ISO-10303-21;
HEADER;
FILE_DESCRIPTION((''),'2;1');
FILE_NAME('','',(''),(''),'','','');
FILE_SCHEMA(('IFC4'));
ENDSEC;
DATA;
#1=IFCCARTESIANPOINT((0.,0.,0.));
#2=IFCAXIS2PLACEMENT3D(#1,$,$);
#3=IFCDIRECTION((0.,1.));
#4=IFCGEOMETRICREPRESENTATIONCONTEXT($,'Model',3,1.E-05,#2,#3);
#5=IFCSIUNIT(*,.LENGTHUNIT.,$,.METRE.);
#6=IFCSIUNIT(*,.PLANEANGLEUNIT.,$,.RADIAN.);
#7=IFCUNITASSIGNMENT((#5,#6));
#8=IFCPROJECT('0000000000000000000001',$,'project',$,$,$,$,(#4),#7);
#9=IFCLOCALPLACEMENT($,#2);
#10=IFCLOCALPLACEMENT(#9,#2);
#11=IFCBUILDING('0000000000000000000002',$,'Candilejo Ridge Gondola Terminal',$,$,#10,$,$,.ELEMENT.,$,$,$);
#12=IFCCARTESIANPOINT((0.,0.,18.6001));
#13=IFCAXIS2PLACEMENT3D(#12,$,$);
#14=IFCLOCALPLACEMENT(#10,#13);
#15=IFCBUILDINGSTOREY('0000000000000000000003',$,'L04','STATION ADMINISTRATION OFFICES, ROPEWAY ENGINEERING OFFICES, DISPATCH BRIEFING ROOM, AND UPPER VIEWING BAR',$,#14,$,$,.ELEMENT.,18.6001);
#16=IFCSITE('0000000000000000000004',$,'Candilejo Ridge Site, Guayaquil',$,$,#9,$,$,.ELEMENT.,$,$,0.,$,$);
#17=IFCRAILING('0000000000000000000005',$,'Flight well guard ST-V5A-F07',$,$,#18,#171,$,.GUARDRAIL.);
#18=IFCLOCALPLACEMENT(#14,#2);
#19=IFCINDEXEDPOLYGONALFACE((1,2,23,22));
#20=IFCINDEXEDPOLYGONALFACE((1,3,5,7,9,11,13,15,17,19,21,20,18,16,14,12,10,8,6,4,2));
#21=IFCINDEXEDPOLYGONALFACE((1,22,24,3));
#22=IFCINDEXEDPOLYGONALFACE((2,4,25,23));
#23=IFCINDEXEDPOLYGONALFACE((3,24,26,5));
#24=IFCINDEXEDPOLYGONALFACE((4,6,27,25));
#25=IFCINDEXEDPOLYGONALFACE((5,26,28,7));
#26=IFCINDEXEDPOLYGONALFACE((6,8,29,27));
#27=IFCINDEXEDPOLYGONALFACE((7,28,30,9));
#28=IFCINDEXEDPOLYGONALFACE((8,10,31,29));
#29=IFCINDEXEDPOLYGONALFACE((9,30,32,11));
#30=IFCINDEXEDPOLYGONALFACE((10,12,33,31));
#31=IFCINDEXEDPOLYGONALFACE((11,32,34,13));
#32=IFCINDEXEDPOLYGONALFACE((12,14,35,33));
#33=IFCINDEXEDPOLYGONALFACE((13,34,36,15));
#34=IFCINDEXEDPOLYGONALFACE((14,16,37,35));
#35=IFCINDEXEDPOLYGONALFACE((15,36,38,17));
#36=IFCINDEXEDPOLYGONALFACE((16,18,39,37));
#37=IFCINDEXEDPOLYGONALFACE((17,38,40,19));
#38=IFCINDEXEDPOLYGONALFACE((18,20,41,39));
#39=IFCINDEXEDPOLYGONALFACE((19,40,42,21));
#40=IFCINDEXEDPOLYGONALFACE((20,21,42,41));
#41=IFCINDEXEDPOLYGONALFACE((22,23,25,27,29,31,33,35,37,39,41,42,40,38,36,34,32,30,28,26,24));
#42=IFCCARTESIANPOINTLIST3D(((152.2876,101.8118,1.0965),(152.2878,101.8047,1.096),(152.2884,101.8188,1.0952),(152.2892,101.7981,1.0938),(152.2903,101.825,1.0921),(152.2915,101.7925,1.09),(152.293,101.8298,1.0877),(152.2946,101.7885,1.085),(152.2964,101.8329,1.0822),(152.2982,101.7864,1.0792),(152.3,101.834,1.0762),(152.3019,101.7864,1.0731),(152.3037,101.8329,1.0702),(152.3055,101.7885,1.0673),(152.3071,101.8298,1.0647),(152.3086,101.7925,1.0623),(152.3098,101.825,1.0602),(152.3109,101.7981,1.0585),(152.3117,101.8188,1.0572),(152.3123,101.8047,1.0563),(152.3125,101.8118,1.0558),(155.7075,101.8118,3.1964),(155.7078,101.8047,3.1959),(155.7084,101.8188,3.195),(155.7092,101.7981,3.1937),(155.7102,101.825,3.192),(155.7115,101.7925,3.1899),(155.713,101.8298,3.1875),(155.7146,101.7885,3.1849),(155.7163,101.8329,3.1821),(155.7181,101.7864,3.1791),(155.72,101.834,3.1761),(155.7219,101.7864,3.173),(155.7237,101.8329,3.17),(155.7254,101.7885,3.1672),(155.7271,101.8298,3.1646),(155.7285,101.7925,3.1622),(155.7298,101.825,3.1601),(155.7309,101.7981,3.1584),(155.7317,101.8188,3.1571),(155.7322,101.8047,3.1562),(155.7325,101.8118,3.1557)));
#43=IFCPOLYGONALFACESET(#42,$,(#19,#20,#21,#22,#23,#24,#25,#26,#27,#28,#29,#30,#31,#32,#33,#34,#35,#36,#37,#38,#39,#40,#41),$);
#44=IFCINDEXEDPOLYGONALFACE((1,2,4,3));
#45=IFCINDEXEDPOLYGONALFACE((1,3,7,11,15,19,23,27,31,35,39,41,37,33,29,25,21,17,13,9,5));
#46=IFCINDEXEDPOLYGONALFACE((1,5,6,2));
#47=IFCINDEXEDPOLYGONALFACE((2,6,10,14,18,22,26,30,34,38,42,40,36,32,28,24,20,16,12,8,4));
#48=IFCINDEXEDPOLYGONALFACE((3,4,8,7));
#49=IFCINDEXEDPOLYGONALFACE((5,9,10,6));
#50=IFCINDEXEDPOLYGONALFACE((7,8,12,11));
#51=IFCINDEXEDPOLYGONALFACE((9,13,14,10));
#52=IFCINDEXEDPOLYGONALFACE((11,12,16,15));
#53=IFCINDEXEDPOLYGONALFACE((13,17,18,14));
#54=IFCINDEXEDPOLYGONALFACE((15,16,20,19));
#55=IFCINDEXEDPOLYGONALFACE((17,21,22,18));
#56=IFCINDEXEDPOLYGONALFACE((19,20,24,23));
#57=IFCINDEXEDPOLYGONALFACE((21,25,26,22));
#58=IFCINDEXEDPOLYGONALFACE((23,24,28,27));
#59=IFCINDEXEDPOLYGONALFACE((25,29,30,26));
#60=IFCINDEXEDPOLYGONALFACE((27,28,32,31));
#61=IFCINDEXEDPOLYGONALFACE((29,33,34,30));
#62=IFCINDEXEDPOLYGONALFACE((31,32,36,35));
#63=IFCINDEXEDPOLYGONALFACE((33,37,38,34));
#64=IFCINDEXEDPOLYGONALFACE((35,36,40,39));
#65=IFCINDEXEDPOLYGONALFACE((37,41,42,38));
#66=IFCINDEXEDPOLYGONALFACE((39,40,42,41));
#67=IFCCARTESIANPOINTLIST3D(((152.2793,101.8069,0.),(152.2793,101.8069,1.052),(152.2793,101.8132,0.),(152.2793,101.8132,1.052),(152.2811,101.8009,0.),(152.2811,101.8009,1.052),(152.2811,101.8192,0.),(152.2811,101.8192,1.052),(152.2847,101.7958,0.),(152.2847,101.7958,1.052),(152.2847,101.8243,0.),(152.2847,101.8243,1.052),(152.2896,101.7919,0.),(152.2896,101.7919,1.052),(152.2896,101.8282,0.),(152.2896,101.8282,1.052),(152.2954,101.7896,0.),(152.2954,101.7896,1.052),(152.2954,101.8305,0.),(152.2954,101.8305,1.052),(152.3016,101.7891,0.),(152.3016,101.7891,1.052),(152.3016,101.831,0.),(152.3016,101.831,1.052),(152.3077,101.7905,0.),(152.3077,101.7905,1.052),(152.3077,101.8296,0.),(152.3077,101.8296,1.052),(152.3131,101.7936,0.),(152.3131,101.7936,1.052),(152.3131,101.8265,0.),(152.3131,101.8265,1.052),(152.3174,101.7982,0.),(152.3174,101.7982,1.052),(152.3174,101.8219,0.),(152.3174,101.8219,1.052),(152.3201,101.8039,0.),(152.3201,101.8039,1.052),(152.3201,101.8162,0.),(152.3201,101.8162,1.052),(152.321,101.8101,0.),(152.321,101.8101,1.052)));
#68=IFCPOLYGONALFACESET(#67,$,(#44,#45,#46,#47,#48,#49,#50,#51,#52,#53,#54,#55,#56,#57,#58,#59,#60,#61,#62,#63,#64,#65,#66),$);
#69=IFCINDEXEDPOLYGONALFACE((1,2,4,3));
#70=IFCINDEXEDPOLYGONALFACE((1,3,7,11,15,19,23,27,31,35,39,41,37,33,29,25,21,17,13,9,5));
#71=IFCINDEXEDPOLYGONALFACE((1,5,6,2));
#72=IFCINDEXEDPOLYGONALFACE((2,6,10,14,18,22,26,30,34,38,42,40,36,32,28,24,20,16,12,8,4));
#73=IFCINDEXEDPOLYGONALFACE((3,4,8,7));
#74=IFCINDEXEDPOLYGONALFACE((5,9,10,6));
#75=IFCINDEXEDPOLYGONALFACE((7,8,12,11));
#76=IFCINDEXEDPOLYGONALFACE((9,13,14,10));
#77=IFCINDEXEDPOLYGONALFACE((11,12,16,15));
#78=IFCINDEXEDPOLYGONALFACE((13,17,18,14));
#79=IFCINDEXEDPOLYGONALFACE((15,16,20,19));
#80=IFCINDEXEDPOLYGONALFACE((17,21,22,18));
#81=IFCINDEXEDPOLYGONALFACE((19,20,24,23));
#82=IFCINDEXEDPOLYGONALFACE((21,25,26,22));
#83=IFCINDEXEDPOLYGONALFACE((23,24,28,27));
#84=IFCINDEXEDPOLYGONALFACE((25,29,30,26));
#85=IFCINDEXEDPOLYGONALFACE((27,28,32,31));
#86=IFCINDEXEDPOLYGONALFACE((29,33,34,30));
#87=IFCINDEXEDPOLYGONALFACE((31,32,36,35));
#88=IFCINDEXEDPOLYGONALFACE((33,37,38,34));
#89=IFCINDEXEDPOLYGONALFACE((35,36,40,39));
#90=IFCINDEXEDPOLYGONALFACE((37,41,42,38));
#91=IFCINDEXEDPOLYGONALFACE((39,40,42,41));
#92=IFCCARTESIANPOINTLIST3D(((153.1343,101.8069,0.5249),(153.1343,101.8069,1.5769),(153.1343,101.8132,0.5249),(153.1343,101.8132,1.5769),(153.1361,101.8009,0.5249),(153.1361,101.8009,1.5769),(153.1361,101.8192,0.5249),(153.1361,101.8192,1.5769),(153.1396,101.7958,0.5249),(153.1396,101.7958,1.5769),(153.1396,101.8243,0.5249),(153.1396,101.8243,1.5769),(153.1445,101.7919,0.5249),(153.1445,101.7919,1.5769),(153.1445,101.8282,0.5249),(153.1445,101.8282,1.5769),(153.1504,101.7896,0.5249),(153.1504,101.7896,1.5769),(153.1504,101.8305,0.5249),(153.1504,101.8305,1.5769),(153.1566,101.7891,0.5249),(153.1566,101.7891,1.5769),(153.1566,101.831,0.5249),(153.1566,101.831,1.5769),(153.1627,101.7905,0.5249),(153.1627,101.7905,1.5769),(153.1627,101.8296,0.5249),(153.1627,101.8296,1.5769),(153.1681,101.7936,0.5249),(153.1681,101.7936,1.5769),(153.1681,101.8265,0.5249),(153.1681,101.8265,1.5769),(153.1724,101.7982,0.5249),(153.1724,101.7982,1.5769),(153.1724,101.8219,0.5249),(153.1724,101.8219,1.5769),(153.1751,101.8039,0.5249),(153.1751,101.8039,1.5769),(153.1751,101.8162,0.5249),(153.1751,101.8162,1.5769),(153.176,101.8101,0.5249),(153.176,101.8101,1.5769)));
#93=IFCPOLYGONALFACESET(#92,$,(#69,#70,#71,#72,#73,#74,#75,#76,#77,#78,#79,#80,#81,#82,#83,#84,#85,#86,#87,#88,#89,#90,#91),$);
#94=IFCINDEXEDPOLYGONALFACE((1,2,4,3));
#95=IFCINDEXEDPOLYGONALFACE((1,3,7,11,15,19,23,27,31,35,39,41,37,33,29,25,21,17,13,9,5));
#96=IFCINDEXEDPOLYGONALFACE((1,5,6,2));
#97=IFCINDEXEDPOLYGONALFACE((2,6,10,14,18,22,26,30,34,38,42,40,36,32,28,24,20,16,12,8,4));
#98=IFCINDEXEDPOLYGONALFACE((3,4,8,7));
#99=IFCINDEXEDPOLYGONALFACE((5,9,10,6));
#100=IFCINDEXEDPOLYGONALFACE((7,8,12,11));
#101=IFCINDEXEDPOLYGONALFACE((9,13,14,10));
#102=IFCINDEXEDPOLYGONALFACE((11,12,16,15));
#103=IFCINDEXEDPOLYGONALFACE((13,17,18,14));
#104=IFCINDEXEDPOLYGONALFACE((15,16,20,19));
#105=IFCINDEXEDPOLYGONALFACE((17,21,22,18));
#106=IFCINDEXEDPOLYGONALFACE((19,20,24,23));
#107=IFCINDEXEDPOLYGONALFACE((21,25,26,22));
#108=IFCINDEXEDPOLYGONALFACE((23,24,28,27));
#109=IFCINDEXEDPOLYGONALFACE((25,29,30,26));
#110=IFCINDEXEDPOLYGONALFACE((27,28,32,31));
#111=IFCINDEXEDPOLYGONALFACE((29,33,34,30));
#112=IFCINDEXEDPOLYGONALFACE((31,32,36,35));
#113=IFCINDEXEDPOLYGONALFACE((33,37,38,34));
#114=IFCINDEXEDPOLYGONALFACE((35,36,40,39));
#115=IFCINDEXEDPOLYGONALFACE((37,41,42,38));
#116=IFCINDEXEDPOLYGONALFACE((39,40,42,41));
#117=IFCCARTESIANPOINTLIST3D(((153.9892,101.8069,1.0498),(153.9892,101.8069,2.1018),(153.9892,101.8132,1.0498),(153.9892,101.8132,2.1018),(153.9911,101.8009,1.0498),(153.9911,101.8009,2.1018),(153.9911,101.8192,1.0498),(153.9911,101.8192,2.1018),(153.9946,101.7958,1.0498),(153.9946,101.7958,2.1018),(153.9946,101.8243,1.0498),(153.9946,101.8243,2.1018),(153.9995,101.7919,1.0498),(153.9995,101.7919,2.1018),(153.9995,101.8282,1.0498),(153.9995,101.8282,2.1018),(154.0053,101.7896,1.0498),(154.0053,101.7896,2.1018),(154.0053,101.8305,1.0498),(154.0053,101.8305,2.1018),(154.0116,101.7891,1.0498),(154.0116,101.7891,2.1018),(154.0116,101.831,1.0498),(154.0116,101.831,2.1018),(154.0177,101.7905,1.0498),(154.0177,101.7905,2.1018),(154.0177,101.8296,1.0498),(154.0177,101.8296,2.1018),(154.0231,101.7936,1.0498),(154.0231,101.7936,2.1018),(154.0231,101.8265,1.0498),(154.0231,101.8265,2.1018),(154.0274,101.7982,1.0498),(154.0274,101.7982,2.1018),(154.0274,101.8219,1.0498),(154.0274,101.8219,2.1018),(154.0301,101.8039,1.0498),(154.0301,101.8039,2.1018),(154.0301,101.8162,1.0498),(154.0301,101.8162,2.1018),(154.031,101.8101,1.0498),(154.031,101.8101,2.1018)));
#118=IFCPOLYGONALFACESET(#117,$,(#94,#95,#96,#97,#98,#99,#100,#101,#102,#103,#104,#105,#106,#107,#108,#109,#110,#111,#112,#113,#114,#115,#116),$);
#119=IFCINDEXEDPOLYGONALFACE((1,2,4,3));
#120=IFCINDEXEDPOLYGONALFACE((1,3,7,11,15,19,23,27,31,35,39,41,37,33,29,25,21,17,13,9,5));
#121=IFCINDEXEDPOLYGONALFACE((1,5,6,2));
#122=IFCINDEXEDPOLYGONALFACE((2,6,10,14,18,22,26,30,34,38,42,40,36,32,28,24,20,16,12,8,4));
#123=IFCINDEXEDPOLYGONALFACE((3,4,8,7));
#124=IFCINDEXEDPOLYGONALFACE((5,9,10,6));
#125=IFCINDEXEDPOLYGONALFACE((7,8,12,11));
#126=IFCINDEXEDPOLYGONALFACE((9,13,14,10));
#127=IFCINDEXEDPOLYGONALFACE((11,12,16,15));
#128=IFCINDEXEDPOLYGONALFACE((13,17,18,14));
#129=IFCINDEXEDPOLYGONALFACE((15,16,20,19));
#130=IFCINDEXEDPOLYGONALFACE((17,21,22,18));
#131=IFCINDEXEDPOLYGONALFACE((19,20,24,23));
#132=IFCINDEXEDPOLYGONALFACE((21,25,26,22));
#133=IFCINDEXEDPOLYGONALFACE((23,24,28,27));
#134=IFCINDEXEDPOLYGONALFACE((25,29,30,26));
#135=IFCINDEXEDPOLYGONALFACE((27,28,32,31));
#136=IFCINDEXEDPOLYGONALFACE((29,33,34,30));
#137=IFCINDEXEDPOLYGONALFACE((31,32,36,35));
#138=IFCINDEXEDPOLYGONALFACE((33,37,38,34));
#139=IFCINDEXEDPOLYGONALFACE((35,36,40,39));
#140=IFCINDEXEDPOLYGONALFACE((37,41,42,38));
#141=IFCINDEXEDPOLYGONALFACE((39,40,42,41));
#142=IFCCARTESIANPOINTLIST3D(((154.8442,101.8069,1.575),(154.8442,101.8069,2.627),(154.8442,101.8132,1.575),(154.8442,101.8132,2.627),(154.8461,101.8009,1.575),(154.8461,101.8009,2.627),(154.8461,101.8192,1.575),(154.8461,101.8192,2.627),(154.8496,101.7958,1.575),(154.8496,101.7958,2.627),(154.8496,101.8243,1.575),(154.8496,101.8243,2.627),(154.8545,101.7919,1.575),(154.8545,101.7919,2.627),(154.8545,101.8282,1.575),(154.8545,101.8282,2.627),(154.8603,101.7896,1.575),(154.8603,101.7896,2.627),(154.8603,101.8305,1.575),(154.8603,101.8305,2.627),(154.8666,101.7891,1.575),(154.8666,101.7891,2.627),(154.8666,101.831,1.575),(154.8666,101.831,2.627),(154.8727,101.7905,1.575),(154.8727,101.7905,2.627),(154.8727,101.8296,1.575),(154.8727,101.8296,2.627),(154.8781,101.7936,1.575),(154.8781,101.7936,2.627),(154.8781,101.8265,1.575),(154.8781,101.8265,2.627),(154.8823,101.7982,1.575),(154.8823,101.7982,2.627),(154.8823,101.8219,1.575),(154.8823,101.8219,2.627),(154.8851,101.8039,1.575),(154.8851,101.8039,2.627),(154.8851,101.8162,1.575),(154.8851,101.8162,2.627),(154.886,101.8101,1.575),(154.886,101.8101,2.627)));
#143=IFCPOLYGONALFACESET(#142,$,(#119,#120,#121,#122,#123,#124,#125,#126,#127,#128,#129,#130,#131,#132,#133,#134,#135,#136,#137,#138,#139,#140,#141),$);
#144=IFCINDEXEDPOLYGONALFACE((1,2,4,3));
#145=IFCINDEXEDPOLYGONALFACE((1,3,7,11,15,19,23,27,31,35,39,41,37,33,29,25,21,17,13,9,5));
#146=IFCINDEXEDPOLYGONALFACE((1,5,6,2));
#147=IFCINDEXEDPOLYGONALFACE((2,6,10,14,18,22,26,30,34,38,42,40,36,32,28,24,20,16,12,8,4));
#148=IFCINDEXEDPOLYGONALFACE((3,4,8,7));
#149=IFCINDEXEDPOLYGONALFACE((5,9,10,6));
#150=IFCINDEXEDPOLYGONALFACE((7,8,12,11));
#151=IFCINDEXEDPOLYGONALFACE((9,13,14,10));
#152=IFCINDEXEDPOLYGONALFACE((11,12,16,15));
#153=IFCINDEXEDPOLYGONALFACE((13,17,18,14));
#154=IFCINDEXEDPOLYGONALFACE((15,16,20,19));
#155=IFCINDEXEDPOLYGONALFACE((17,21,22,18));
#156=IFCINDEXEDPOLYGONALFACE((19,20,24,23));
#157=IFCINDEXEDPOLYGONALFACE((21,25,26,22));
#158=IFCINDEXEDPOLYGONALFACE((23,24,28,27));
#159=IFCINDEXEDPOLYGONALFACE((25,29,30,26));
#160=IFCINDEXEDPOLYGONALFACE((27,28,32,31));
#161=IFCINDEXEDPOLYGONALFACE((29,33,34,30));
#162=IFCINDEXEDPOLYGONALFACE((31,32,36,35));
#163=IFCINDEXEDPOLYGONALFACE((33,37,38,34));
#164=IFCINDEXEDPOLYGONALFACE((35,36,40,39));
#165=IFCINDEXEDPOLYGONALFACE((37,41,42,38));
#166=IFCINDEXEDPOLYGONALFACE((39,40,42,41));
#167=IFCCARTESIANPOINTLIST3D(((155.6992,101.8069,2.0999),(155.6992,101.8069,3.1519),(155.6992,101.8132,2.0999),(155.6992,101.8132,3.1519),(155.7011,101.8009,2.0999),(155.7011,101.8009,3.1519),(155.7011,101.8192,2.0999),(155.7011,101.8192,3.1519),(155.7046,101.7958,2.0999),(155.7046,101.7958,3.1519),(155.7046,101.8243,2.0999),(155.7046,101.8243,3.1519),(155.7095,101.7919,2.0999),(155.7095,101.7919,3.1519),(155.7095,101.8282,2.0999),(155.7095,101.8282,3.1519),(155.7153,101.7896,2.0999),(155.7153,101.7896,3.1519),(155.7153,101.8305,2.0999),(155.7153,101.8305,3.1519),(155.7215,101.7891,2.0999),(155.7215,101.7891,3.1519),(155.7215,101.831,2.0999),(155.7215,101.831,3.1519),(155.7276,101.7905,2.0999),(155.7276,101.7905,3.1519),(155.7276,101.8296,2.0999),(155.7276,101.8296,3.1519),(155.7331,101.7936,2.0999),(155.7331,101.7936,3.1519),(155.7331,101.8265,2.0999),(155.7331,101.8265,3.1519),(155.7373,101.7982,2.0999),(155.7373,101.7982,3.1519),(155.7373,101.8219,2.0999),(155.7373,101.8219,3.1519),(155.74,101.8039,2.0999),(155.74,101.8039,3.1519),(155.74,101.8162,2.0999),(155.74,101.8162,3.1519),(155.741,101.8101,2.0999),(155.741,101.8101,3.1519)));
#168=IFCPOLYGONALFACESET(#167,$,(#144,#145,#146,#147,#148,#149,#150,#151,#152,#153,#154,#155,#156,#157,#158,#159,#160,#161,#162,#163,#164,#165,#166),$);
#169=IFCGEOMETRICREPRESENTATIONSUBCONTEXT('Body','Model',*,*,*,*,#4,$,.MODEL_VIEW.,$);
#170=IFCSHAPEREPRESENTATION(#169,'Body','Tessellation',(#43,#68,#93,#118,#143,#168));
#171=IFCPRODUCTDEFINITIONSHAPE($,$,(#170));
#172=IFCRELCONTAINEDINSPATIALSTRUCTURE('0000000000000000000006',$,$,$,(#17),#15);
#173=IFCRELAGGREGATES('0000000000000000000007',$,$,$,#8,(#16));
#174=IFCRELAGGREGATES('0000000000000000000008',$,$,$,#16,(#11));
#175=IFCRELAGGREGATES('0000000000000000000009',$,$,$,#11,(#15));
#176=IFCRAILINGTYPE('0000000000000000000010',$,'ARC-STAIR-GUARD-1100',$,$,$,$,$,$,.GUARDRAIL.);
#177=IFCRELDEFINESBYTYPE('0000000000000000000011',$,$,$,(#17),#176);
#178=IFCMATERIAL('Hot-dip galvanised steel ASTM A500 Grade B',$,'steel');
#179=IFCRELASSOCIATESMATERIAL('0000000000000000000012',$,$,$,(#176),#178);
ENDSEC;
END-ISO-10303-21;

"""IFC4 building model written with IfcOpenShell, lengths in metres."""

from ifc_helpers import new_model, si_unit, direction, frame, origin, origin_2d, place, context, subcontext, project, spatial, circle, extrude, material, type_object, element, save


model = new_model("IFC4")

# Units and contexts
model_context = context("Model", 3, precision=1e-05, world=origin(), true_north=direction((0.0, 1.0)))
body_context = subcontext(model_context, "Body", "Model", "MODEL_VIEW")
ifc_project = project(units=[si_unit("LENGTHUNIT", "METRE"), si_unit("PLANEANGLEUNIT", "RADIAN")], contexts=[model_context])

# Site, building, storey
site_placement = place(None, origin())
site = spatial("IfcSite", under=ifc_project, at=site_placement, Name="Candilejo Ridge Site, Guayaquil", CompositionType="ELEMENT", RefElevation=0.0)
building_placement = place(site_placement, origin())
building = spatial("IfcBuilding", under=site, at=building_placement, Name="Candilejo Ridge Gondola Terminal", CompositionType="ELEMENT")
storey_placement = place(building_placement, frame((0.0, 0.0, 18.6001)))
storey = spatial("IfcBuildingStorey", under=building, at=storey_placement, Name="L04", Description="STATION ADMINISTRATION OFFICES, ROPEWAY ENGINEERING OFFICES, DISPATCH BRIEFING ROOM, AND UPPER VIEWING BAR", CompositionType="ELEMENT", Elevation=18.6001)

# Railing
ifc_material_1 = material(Name="Hot-dip galvanised steel ASTM A500 Grade B", Category="steel")
railing_type_1 = type_object("IfcRailingType", Name="ARC-STAIR-GUARD-1100", PredefinedType="GUARDRAIL", material=ifc_material_1)
railing_1_placement = place(storey_placement, frame((152.3, 101.8101, 0.0)))
element("IfcRailing", 1, at=railing_1_placement, inside=storey, type_object=railing_type_1, Name="Flight well guard ST-V5A-F07", PredefinedType="GUARDRAIL", context=body_context, shape_type="SweptSolid", body=[
    extrude(circle(Radius=0.0239, at=origin_2d()), frame((0.0, 0.0, 1.0762), z_axis=(0.852182, 0.0, 0.523245), x_axis=(0.0, 1.0, 0.0)), (0.0, 0.0, 1.0), 4.0132),
    extrude(circle(Radius=0.021, at=origin_2d()), origin(), (0.0, 0.0, 1.0), 1.052),
    extrude(circle(Radius=0.021, at=origin_2d()), frame((0.855, 0.0, 0.5249)), (0.0, 0.0, 1.0), 1.052),
    extrude(circle(Radius=0.021, at=origin_2d()), frame((1.71, 0.0, 1.0498)), (0.0, 0.0, 1.0), 1.052),
    extrude(circle(Radius=0.021, at=origin_2d()), frame((2.5649, 0.0, 1.575)), (0.0, 0.0, 1.0), 1.052),
    extrude(circle(Radius=0.021, at=origin_2d()), frame((3.4199, 0.0, 2.0999)), (0.0, 0.0, 1.0), 1.052),
])

save(model, "model.ifc")
